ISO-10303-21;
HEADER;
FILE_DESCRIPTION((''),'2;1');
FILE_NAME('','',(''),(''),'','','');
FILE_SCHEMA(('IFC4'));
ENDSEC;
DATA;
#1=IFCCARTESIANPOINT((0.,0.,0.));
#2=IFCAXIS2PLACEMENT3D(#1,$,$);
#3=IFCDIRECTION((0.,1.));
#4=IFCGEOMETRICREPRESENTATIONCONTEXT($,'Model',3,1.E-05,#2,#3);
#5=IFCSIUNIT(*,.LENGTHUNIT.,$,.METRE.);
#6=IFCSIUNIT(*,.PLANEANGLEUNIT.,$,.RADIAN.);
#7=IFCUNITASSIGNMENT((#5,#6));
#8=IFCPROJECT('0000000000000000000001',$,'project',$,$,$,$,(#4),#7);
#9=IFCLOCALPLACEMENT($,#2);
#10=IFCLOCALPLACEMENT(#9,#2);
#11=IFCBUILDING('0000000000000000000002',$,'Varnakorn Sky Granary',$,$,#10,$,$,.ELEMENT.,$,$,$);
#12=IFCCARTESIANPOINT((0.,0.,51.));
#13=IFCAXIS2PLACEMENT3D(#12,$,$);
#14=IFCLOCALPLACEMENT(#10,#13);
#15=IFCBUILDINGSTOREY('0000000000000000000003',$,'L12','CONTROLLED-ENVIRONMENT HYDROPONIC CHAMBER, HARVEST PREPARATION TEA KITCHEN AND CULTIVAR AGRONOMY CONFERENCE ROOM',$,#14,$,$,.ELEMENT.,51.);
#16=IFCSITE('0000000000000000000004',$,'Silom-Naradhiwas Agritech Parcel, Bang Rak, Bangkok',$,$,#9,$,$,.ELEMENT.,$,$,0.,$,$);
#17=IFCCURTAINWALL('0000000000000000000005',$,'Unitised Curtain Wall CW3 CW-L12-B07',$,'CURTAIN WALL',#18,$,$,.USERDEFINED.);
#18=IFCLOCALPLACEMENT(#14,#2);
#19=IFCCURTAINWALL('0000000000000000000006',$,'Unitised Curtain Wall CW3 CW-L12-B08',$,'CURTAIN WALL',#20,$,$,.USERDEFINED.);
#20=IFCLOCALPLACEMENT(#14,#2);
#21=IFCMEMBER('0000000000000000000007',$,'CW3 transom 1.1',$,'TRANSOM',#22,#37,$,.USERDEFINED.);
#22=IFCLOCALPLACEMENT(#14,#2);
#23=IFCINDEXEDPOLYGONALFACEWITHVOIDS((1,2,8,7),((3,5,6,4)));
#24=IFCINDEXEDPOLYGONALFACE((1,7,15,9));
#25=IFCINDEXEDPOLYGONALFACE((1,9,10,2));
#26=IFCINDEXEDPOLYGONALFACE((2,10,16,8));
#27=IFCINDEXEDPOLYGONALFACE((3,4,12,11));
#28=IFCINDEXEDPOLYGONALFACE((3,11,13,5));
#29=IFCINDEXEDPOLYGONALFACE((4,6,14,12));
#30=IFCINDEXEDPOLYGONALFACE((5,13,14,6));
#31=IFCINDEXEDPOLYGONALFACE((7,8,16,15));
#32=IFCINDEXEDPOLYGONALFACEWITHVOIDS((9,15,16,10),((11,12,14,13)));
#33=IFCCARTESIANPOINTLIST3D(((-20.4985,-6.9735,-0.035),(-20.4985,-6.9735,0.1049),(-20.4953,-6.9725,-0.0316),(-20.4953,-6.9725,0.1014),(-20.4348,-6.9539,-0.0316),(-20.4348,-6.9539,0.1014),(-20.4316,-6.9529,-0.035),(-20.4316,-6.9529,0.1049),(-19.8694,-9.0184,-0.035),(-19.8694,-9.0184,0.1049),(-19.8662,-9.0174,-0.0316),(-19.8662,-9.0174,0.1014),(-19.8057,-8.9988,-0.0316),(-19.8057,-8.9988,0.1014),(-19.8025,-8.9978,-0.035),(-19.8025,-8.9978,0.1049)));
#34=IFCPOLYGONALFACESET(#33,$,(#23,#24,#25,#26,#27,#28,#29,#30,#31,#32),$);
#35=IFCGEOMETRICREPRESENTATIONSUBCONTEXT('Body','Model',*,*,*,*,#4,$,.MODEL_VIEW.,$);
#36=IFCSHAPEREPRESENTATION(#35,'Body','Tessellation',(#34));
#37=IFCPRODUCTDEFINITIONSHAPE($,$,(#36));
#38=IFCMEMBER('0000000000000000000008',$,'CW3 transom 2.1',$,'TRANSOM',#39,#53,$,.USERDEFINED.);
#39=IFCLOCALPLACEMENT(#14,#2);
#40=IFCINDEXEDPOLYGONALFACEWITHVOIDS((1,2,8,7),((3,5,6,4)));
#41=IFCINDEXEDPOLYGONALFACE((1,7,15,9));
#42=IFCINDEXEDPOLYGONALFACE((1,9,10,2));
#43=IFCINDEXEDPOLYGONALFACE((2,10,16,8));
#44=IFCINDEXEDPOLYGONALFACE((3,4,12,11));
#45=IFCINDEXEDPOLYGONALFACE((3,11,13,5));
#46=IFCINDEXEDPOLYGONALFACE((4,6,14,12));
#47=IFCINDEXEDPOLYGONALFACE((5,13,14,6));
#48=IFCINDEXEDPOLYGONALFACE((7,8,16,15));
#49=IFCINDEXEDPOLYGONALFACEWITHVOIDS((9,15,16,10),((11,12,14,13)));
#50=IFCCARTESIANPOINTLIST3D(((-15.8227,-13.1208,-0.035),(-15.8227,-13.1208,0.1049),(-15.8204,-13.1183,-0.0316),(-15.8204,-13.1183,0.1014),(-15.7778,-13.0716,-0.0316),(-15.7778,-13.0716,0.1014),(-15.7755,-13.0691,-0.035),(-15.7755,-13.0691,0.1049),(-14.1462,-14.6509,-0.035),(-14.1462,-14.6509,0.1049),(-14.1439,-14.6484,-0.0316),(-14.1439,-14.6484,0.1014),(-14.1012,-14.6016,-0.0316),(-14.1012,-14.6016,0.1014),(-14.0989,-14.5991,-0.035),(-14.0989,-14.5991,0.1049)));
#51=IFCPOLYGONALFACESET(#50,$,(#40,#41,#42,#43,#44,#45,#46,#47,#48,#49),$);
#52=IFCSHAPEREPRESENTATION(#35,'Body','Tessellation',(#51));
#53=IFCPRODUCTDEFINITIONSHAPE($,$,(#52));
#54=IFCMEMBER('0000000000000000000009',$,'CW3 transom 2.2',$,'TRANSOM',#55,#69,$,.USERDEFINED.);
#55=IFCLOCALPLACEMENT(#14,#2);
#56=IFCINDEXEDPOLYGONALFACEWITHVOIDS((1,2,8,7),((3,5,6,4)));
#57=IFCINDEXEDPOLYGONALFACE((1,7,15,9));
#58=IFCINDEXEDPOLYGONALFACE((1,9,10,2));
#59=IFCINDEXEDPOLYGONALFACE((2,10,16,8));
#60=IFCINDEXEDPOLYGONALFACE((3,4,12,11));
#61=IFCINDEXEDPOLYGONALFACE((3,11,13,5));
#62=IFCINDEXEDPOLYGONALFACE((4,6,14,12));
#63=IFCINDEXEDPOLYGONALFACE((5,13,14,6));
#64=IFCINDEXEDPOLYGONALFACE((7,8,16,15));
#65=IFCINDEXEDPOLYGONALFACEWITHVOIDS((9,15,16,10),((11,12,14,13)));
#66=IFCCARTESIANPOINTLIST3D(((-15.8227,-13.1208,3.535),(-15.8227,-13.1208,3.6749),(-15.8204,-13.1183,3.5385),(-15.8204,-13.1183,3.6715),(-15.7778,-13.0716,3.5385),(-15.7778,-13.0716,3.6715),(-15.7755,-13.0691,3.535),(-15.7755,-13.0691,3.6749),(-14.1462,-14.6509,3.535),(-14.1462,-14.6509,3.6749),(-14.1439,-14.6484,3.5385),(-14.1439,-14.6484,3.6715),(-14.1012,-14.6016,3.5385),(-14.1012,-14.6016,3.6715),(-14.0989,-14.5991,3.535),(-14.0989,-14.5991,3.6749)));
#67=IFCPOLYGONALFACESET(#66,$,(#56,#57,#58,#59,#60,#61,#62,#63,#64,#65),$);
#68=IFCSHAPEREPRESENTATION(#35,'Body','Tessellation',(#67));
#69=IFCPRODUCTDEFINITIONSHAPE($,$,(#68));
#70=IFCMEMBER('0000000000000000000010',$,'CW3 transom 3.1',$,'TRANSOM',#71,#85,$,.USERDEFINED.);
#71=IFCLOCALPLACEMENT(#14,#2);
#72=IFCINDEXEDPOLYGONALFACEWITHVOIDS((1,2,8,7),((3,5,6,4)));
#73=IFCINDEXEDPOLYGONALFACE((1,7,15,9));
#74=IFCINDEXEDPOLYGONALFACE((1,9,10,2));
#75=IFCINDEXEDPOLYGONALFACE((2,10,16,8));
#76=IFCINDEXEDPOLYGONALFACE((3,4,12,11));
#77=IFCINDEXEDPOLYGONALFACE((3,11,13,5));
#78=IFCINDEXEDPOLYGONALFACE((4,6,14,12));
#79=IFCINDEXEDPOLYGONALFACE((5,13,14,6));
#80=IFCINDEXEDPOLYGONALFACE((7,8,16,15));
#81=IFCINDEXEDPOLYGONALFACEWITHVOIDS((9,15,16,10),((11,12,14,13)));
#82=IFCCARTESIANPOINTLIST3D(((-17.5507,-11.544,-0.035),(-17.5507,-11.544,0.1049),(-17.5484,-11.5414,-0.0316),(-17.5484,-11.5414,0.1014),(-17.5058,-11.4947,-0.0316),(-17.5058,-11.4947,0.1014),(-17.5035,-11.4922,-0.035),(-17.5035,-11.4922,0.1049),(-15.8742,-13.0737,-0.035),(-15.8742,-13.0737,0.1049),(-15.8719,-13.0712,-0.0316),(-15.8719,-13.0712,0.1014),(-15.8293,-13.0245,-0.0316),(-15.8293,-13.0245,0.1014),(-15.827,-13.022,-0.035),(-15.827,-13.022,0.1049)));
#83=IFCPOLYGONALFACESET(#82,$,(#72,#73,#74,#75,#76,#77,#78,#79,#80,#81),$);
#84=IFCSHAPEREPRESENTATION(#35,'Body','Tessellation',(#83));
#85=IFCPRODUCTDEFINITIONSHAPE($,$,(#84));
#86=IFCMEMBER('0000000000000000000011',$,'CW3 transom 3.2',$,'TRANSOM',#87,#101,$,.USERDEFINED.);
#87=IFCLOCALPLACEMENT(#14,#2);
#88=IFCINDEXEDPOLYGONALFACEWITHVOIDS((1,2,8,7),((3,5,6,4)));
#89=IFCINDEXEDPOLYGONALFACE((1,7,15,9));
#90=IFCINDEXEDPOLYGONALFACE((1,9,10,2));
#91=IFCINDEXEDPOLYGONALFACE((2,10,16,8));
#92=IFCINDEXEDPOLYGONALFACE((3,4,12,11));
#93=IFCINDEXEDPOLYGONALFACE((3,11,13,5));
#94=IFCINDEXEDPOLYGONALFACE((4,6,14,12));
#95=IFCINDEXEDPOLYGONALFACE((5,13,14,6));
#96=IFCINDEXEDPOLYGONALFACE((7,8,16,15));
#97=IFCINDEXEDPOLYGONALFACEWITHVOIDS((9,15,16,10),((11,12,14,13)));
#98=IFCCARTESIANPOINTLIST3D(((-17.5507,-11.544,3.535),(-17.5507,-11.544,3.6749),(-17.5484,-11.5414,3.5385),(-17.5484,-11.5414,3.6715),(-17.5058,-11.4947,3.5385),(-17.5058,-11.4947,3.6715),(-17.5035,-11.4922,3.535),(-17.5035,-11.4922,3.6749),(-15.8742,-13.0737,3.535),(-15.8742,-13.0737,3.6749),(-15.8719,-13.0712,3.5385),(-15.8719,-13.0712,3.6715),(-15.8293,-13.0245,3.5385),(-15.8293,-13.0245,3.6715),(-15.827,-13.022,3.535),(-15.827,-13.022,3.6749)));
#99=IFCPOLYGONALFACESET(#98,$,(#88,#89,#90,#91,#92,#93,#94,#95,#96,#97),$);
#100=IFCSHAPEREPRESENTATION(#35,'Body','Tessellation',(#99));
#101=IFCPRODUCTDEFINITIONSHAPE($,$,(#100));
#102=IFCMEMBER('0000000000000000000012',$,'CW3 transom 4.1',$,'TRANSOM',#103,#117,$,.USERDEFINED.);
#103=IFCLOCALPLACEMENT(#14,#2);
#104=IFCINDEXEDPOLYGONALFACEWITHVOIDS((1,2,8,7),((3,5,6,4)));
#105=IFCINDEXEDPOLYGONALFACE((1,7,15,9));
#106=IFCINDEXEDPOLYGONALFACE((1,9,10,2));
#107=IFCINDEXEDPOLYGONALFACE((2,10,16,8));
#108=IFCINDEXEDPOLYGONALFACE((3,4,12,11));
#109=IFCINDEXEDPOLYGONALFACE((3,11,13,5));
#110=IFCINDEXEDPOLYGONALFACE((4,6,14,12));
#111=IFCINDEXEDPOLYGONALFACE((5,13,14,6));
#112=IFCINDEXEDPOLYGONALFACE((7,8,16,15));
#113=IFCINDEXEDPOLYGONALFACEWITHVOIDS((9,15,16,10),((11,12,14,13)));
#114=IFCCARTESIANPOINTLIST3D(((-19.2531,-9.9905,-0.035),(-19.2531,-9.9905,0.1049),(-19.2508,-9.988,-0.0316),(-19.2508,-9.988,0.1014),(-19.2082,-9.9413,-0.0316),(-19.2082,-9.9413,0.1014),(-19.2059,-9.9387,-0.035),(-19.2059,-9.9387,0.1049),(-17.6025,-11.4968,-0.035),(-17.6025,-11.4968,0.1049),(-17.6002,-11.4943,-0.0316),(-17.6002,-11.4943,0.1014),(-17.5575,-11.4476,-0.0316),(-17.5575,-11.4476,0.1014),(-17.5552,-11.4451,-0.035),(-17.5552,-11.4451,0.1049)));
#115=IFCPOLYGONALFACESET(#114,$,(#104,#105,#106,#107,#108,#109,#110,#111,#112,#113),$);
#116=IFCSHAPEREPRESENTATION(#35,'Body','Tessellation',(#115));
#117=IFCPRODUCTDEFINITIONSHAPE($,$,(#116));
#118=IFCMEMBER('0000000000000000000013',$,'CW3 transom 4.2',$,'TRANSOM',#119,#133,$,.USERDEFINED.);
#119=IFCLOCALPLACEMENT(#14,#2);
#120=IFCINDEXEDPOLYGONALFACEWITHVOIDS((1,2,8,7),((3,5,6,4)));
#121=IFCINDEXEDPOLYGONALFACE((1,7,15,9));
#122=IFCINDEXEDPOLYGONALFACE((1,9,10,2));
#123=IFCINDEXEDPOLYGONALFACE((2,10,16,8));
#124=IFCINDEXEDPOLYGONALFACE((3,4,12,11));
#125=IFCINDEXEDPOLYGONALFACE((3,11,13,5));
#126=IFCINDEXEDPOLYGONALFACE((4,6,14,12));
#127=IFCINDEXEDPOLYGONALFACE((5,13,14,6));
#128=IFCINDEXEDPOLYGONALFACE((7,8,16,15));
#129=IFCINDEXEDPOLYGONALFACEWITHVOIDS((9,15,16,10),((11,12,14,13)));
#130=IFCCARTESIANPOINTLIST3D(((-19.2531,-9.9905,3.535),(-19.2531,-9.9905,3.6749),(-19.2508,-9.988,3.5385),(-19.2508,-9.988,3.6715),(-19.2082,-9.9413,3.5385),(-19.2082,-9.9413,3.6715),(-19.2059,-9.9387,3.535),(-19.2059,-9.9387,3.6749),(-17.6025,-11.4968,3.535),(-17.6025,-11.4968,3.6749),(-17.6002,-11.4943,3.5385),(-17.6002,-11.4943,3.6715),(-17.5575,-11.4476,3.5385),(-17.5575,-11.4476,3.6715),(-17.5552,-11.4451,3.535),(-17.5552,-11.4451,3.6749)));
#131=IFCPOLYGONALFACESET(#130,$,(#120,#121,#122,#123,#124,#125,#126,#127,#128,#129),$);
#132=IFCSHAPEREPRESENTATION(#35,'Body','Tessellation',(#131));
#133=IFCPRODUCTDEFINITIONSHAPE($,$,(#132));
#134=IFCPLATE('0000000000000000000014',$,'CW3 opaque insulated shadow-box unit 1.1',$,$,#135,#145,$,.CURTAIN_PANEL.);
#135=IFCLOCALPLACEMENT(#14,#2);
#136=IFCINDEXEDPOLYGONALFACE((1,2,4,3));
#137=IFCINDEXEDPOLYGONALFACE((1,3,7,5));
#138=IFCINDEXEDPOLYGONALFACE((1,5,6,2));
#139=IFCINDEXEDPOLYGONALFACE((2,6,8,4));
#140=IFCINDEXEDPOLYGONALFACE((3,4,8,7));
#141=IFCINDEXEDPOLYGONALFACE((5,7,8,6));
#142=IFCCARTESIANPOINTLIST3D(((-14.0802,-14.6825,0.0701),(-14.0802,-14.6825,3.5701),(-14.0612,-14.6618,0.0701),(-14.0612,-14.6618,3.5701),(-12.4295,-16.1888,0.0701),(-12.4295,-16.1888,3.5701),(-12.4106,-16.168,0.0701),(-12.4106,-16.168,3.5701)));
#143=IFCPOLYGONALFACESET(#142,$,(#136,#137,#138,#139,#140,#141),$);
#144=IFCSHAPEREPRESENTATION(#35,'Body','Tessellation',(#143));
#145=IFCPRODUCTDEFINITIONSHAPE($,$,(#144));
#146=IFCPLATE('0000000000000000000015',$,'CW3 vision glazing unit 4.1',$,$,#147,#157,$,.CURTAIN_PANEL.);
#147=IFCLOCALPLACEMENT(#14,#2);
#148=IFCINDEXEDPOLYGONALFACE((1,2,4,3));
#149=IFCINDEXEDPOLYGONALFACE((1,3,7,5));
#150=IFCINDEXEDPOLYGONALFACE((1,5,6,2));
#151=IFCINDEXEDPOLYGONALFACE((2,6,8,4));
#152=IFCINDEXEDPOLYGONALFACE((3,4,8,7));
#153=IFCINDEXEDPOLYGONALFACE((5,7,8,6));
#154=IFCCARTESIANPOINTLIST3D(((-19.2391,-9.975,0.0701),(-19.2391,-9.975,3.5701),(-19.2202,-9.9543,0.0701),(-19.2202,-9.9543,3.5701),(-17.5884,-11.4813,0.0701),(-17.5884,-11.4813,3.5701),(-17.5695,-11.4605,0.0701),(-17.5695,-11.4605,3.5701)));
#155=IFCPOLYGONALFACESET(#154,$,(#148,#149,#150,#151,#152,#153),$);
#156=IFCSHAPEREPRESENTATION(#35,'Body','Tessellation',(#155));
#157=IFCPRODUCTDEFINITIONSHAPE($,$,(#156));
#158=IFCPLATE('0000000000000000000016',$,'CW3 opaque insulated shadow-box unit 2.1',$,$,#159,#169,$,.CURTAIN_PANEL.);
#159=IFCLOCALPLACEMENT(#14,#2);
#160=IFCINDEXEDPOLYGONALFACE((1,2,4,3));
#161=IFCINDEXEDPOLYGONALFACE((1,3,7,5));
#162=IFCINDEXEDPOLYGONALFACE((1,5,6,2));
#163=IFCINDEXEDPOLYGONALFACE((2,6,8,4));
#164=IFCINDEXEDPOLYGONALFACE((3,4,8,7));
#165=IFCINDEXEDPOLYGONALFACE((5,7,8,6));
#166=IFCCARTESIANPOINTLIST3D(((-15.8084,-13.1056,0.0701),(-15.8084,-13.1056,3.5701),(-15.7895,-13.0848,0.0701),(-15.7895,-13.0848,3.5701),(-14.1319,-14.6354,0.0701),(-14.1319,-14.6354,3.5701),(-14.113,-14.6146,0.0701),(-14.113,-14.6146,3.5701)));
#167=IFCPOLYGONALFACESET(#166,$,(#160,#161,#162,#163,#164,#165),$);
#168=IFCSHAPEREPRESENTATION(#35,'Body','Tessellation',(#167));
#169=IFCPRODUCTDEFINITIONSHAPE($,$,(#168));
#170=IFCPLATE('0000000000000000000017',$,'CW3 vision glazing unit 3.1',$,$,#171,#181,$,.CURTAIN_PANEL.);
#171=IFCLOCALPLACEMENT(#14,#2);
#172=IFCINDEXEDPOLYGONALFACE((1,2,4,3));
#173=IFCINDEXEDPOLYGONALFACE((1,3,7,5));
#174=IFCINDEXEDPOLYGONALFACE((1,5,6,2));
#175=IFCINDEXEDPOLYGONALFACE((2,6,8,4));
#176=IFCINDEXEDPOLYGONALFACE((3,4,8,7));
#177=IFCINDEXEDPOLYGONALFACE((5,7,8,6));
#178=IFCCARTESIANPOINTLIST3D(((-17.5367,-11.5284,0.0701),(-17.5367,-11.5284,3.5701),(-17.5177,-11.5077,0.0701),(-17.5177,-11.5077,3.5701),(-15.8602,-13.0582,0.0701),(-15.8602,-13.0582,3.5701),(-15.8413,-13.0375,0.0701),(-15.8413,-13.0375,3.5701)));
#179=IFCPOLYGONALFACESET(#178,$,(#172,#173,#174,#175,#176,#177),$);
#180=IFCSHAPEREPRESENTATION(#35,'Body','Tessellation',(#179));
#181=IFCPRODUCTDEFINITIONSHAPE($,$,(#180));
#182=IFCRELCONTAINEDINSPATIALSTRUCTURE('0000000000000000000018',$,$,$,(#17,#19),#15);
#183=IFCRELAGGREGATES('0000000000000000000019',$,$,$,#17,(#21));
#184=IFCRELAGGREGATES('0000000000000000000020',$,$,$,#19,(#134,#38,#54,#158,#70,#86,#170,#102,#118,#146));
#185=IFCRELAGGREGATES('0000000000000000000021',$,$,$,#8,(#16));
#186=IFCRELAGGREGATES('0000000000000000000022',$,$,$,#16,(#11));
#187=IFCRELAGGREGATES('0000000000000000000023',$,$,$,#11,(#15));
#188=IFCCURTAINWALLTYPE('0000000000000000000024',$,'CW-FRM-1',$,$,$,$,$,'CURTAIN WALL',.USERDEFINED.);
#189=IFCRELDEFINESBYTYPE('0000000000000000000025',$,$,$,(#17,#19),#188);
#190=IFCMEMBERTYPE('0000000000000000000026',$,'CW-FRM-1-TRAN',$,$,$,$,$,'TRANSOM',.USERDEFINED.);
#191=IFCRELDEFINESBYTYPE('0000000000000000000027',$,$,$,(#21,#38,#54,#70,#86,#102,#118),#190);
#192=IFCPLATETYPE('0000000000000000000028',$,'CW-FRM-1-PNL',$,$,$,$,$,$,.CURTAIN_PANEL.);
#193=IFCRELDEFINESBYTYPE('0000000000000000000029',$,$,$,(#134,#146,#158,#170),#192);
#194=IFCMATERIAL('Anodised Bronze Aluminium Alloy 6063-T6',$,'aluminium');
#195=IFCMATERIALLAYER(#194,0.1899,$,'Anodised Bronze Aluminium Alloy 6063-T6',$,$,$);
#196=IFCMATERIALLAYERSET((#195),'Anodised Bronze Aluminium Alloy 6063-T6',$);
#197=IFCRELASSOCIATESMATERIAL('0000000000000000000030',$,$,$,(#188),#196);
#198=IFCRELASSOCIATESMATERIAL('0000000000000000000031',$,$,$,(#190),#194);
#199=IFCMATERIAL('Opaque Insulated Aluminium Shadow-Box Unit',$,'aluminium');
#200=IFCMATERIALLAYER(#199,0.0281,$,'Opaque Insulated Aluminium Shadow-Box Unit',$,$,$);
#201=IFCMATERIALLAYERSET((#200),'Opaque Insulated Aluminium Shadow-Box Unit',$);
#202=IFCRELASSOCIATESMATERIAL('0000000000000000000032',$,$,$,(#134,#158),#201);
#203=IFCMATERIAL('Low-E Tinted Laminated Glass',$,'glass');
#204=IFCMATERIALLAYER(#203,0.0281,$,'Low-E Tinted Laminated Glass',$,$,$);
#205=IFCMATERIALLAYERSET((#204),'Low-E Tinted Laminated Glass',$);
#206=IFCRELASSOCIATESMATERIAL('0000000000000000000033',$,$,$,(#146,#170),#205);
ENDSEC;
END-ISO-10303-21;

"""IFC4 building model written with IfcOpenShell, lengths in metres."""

from ifc_helpers import new_model, si_unit, direction, frame, origin, origin_2d, place, context, subcontext, project, spatial, rectangle, hollow_rectangle, extrude, source, transform, mapped, material, layer, layer_set, material_profile, profile_set, type_object, type_shapes, element, aggregate, save


model = new_model("IFC4")

# Units and contexts
model_context = context("Model", 3, precision=1e-05, world=origin(), true_north=direction((0.0, 1.0)))
body_context = subcontext(model_context, "Body", "Model", "MODEL_VIEW")
ifc_project = project(units=[si_unit("LENGTHUNIT", "METRE"), si_unit("PLANEANGLEUNIT", "RADIAN")], contexts=[model_context])

# Site, building, storey
site_placement = place(None, origin())
site = spatial("IfcSite", under=ifc_project, at=site_placement, Name="Silom-Naradhiwas Agritech Parcel, Bang Rak, Bangkok", CompositionType="ELEMENT", RefElevation=0.0)
building_placement = place(site_placement, origin())
building = spatial("IfcBuilding", under=site, at=building_placement, Name="Varnakorn Sky Granary", CompositionType="ELEMENT")
storey_placement = place(building_placement, frame((0.0, 0.0, 51.0)))
storey = spatial("IfcBuildingStorey", under=building, at=storey_placement, Name="L12", Description="CONTROLLED-ENVIRONMENT HYDROPONIC CHAMBER, HARVEST PREPARATION TEA KITCHEN AND CULTIVAR AGRONOMY CONFERENCE ROOM", CompositionType="ELEMENT", Elevation=51.0)

# Curtain wall
ifc_material_1 = material(Name="Anodised Bronze Aluminium Alloy 6063-T6", Category="aluminium")
ifc_layer_1 = layer(ifc_material_1, 0.1899, Name="Anodised Bronze Aluminium Alloy 6063-T6")
ifc_layer_set_1 = layer_set([ifc_layer_1], Name="Anodised Bronze Aluminium Alloy 6063-T6")
curtain_wall_type = type_object("IfcCurtainWallType", Name="CW-FRM-1", ElementType="CURTAIN WALL", PredefinedType="USERDEFINED", material=ifc_layer_set_1)
curtain_wall_1_placement = place(storey_placement, origin())
curtain_wall_1 = element("IfcCurtainWall", 1, at=curtain_wall_1_placement, inside=storey, type_object=curtain_wall_type, Name="Unitised Curtain Wall CW3 CW-L12-B07", ObjectType="CURTAIN WALL", PredefinedType="USERDEFINED")

# Curtain wall
curtain_wall_2_placement = place(storey_placement, origin())
curtain_wall_2 = element("IfcCurtainWall", 2, at=curtain_wall_2_placement, inside=storey, type_object=curtain_wall_type, Name="Unitised Curtain Wall CW3 CW-L12-B08", ObjectType="CURTAIN WALL", PredefinedType="USERDEFINED")

# Members
ifc_material_profile_1 = material_profile(ifc_material_1, hollow_rectangle(XDim=0.0701, YDim=0.1399, WallThickness=0.0034, at=origin_2d()), Name="ALU TRAN 70x140")
ifc_profile_set_1 = profile_set([ifc_material_profile_1], Name="Anodised Bronze Aluminium Alloy 6063-T6")
member_type_1 = type_object("IfcMemberType", Name="CW-FRM-1-TRAN", ElementType="TRANSOM", PredefinedType="USERDEFINED", material=ifc_profile_set_1)
member_1_placement = place(storey_placement, frame((-19.8359, -9.0081, 0.0349), z_axis=(-0.294062, 0.955786, 0.0), x_axis=(-0.955786, -0.294062, 0.0)))
member_1 = element("IfcMember", 3, at=member_1_placement, type_object=member_type_1, Name="CW3 transom 1.1", ObjectType="TRANSOM", PredefinedType="USERDEFINED", context=body_context, shape_type="SweptSolid", body=[
    extrude(hollow_rectangle(XDim=0.0701, YDim=0.1399, WallThickness=0.0034, at=origin_2d()), origin(), (0.0, 0.0, 1.0), 2.1394),
])
aggregate(curtain_wall_1, [member_1])
member_2_placement = place(storey_placement, frame((-14.1226, -14.625, 0.0349), z_axis=(-0.738639, 0.674101, 0.0), x_axis=(-0.674101, -0.738639, 0.0)))
member_2 = element("IfcMember", 4, at=member_2_placement, type_object=member_type_1, Name="CW3 transom 2.1", ObjectType="TRANSOM", PredefinedType="USERDEFINED", context=body_context, shape_type="SweptSolid", body=[
    extrude(hollow_rectangle(XDim=0.0701, YDim=0.1399, WallThickness=0.0034, at=origin_2d()), origin(), (0.0, 0.0, 1.0), 2.2698),
])
member_3_placement = place(storey_placement, frame((-14.1226, -14.625, 3.605), z_axis=(-0.738639, 0.674101, 0.0), x_axis=(-0.674101, -0.738639, 0.0)))
member_3 = element("IfcMember", 5, at=member_3_placement, type_object=member_type_1, Name="CW3 transom 2.2", ObjectType="TRANSOM", PredefinedType="USERDEFINED", context=body_context, shape_type="SweptSolid", body=[
    extrude(hollow_rectangle(XDim=0.0701, YDim=0.1399, WallThickness=0.0034, at=origin_2d()), origin(), (0.0, 0.0, 1.0), 2.2698),
])
member_4_placement = place(storey_placement, frame((-15.8506, -13.0479, 0.0349), z_axis=(-0.738693, 0.674042, 0.0), x_axis=(-0.674042, -0.738693, 0.0)))
member_4 = element("IfcMember", 6, at=member_4_placement, type_object=member_type_1, Name="CW3 transom 3.1", ObjectType="TRANSOM", PredefinedType="USERDEFINED", context=body_context, shape_type="SweptSolid", body=[
    extrude(hollow_rectangle(XDim=0.0701, YDim=0.1399, WallThickness=0.0034, at=origin_2d()), origin(), (0.0, 0.0, 1.0), 2.2695),
])
member_5_placement = place(storey_placement, frame((-15.8506, -13.0479, 3.605), z_axis=(-0.738693, 0.674042, 0.0), x_axis=(-0.674042, -0.738693, 0.0)))
member_5 = element("IfcMember", 7, at=member_5_placement, type_object=member_type_1, Name="CW3 transom 3.2", ObjectType="TRANSOM", PredefinedType="USERDEFINED", context=body_context, shape_type="SweptSolid", body=[
    extrude(hollow_rectangle(XDim=0.0701, YDim=0.1399, WallThickness=0.0034, at=origin_2d()), origin(), (0.0, 0.0, 1.0), 2.2695),
])
member_6_placement = place(storey_placement, frame((-17.5789, -11.4709, 0.0349), z_axis=(-0.738653, 0.674085, 0.0), x_axis=(-0.674085, -0.738653, 0.0)))
member_6 = element("IfcMember", 8, at=member_6_placement, type_object=member_type_1, Name="CW3 transom 4.1", ObjectType="TRANSOM", PredefinedType="USERDEFINED", context=body_context, shape_type="SweptSolid", body=[
    extrude(hollow_rectangle(XDim=0.0701, YDim=0.1399, WallThickness=0.0034, at=origin_2d()), origin(), (0.0, 0.0, 1.0), 2.2346),
])
member_7_placement = place(storey_placement, frame((-17.5789, -11.4709, 3.605), z_axis=(-0.738653, 0.674085, 0.0), x_axis=(-0.674085, -0.738653, 0.0)))
member_7 = element("IfcMember", 9, at=member_7_placement, type_object=member_type_1, Name="CW3 transom 4.2", ObjectType="TRANSOM", PredefinedType="USERDEFINED", context=body_context, shape_type="SweptSolid", body=[
    extrude(hollow_rectangle(XDim=0.0701, YDim=0.1399, WallThickness=0.0034, at=origin_2d()), origin(), (0.0, 0.0, 1.0), 2.2346),
])

# Plates
ifc_material_2 = material(Name="Opaque Insulated Aluminium Shadow-Box Unit", Category="aluminium")
ifc_layer_2 = layer(ifc_material_2, 0.0281, Name="Opaque Insulated Aluminium Shadow-Box Unit")
ifc_layer_set_2 = layer_set([ifc_layer_2], Name="Opaque Insulated Aluminium Shadow-Box Unit")
plate_type = type_object("IfcPlateType", Name="CW-FRM-1-PNL", PredefinedType="CURTAIN_PANEL")
shared_shape_1 = source(origin(), body_context, "Body", "SweptSolid", [
    extrude(rectangle(XDim=2.2346, YDim=0.0281, at=origin_2d()), origin(), (0.0, 0.0, 1.0), 3.5),
])
plate_1_placement = place(storey_placement, frame((-13.2454, -15.4253, 0.0701), z_axis=(0.0, 0.0, 1.0), x_axis=(-0.738686, 0.674049, 0.0)))
plate_1 = element("IfcPlate", 10, at=plate_1_placement, type_object=plate_type, material=ifc_layer_set_2, Name="CW3 opaque insulated shadow-box unit 1.1", PredefinedType="CURTAIN_PANEL", context=body_context, shape_type="MappedRepresentation", body=[
    mapped(shared_shape_1, transform((0.0, 0.0, 0.0), x_axis=(1.0, 0.0, 0.0), y_axis=(0.0, 1.0, 0.0), z_axis=(0.0, 0.0, 1.0), scale=1.0)),
])
ifc_material_3 = material(Name="Low-E Tinted Laminated Glass", Category="glass")
ifc_layer_3 = layer(ifc_material_3, 0.0281, Name="Low-E Tinted Laminated Glass")
ifc_layer_set_3 = layer_set([ifc_layer_3], Name="Low-E Tinted Laminated Glass")
plate_2_placement = place(storey_placement, frame((-18.4043, -10.7178, 0.0701), z_axis=(0.0, 0.0, 1.0), x_axis=(-0.738686, 0.674049, 0.0)))
plate_2 = element("IfcPlate", 11, at=plate_2_placement, type_object=plate_type, material=ifc_layer_set_3, Name="CW3 vision glazing unit 4.1", PredefinedType="CURTAIN_PANEL", context=body_context, shape_type="MappedRepresentation", body=[
    mapped(shared_shape_1, transform((0.0, 0.0, 0.0), x_axis=(1.0, 0.0, 0.0), y_axis=(0.0, 1.0, 0.0), z_axis=(0.0, 0.0, 1.0), scale=1.0)),
])
shared_shape_2 = source(origin(), body_context, "Body", "SweptSolid", [
    extrude(rectangle(XDim=2.2695, YDim=0.0281, at=origin_2d()), origin(), (0.0, 0.0, 1.0), 3.5),
])
type_shapes(plate_type, [shared_shape_1, shared_shape_2])
plate_3_placement = place(storey_placement, frame((-14.9607, -13.8601, 0.0701), z_axis=(0.0, 0.0, 1.0), x_axis=(-0.738686, 0.674049, 0.0)))
plate_3 = element("IfcPlate", 12, at=plate_3_placement, type_object=plate_type, material=ifc_layer_set_2, Name="CW3 opaque insulated shadow-box unit 2.1", PredefinedType="CURTAIN_PANEL", context=body_context, shape_type="MappedRepresentation", body=[
    mapped(shared_shape_2, transform((0.0, 0.0, 0.0), x_axis=(1.0, 0.0, 0.0), y_axis=(0.0, 1.0, 0.0), z_axis=(0.0, 0.0, 1.0), scale=1.0)),
])
plate_4_placement = place(storey_placement, frame((-16.689, -12.283, 0.0701), z_axis=(0.0, 0.0, 1.0), x_axis=(-0.738686, 0.674049, 0.0)))
plate_4 = element("IfcPlate", 13, at=plate_4_placement, type_object=plate_type, material=ifc_layer_set_3, Name="CW3 vision glazing unit 3.1", PredefinedType="CURTAIN_PANEL", context=body_context, shape_type="MappedRepresentation", body=[
    mapped(shared_shape_2, transform((0.0, 0.0, 0.0), x_axis=(1.0, 0.0, 0.0), y_axis=(0.0, 1.0, 0.0), z_axis=(0.0, 0.0, 1.0), scale=1.0)),
])
aggregate(curtain_wall_2, [plate_1, member_2, member_3, plate_3, member_4, member_5, plate_4, member_6, member_7, plate_2])

save(model, "model.ifc")
